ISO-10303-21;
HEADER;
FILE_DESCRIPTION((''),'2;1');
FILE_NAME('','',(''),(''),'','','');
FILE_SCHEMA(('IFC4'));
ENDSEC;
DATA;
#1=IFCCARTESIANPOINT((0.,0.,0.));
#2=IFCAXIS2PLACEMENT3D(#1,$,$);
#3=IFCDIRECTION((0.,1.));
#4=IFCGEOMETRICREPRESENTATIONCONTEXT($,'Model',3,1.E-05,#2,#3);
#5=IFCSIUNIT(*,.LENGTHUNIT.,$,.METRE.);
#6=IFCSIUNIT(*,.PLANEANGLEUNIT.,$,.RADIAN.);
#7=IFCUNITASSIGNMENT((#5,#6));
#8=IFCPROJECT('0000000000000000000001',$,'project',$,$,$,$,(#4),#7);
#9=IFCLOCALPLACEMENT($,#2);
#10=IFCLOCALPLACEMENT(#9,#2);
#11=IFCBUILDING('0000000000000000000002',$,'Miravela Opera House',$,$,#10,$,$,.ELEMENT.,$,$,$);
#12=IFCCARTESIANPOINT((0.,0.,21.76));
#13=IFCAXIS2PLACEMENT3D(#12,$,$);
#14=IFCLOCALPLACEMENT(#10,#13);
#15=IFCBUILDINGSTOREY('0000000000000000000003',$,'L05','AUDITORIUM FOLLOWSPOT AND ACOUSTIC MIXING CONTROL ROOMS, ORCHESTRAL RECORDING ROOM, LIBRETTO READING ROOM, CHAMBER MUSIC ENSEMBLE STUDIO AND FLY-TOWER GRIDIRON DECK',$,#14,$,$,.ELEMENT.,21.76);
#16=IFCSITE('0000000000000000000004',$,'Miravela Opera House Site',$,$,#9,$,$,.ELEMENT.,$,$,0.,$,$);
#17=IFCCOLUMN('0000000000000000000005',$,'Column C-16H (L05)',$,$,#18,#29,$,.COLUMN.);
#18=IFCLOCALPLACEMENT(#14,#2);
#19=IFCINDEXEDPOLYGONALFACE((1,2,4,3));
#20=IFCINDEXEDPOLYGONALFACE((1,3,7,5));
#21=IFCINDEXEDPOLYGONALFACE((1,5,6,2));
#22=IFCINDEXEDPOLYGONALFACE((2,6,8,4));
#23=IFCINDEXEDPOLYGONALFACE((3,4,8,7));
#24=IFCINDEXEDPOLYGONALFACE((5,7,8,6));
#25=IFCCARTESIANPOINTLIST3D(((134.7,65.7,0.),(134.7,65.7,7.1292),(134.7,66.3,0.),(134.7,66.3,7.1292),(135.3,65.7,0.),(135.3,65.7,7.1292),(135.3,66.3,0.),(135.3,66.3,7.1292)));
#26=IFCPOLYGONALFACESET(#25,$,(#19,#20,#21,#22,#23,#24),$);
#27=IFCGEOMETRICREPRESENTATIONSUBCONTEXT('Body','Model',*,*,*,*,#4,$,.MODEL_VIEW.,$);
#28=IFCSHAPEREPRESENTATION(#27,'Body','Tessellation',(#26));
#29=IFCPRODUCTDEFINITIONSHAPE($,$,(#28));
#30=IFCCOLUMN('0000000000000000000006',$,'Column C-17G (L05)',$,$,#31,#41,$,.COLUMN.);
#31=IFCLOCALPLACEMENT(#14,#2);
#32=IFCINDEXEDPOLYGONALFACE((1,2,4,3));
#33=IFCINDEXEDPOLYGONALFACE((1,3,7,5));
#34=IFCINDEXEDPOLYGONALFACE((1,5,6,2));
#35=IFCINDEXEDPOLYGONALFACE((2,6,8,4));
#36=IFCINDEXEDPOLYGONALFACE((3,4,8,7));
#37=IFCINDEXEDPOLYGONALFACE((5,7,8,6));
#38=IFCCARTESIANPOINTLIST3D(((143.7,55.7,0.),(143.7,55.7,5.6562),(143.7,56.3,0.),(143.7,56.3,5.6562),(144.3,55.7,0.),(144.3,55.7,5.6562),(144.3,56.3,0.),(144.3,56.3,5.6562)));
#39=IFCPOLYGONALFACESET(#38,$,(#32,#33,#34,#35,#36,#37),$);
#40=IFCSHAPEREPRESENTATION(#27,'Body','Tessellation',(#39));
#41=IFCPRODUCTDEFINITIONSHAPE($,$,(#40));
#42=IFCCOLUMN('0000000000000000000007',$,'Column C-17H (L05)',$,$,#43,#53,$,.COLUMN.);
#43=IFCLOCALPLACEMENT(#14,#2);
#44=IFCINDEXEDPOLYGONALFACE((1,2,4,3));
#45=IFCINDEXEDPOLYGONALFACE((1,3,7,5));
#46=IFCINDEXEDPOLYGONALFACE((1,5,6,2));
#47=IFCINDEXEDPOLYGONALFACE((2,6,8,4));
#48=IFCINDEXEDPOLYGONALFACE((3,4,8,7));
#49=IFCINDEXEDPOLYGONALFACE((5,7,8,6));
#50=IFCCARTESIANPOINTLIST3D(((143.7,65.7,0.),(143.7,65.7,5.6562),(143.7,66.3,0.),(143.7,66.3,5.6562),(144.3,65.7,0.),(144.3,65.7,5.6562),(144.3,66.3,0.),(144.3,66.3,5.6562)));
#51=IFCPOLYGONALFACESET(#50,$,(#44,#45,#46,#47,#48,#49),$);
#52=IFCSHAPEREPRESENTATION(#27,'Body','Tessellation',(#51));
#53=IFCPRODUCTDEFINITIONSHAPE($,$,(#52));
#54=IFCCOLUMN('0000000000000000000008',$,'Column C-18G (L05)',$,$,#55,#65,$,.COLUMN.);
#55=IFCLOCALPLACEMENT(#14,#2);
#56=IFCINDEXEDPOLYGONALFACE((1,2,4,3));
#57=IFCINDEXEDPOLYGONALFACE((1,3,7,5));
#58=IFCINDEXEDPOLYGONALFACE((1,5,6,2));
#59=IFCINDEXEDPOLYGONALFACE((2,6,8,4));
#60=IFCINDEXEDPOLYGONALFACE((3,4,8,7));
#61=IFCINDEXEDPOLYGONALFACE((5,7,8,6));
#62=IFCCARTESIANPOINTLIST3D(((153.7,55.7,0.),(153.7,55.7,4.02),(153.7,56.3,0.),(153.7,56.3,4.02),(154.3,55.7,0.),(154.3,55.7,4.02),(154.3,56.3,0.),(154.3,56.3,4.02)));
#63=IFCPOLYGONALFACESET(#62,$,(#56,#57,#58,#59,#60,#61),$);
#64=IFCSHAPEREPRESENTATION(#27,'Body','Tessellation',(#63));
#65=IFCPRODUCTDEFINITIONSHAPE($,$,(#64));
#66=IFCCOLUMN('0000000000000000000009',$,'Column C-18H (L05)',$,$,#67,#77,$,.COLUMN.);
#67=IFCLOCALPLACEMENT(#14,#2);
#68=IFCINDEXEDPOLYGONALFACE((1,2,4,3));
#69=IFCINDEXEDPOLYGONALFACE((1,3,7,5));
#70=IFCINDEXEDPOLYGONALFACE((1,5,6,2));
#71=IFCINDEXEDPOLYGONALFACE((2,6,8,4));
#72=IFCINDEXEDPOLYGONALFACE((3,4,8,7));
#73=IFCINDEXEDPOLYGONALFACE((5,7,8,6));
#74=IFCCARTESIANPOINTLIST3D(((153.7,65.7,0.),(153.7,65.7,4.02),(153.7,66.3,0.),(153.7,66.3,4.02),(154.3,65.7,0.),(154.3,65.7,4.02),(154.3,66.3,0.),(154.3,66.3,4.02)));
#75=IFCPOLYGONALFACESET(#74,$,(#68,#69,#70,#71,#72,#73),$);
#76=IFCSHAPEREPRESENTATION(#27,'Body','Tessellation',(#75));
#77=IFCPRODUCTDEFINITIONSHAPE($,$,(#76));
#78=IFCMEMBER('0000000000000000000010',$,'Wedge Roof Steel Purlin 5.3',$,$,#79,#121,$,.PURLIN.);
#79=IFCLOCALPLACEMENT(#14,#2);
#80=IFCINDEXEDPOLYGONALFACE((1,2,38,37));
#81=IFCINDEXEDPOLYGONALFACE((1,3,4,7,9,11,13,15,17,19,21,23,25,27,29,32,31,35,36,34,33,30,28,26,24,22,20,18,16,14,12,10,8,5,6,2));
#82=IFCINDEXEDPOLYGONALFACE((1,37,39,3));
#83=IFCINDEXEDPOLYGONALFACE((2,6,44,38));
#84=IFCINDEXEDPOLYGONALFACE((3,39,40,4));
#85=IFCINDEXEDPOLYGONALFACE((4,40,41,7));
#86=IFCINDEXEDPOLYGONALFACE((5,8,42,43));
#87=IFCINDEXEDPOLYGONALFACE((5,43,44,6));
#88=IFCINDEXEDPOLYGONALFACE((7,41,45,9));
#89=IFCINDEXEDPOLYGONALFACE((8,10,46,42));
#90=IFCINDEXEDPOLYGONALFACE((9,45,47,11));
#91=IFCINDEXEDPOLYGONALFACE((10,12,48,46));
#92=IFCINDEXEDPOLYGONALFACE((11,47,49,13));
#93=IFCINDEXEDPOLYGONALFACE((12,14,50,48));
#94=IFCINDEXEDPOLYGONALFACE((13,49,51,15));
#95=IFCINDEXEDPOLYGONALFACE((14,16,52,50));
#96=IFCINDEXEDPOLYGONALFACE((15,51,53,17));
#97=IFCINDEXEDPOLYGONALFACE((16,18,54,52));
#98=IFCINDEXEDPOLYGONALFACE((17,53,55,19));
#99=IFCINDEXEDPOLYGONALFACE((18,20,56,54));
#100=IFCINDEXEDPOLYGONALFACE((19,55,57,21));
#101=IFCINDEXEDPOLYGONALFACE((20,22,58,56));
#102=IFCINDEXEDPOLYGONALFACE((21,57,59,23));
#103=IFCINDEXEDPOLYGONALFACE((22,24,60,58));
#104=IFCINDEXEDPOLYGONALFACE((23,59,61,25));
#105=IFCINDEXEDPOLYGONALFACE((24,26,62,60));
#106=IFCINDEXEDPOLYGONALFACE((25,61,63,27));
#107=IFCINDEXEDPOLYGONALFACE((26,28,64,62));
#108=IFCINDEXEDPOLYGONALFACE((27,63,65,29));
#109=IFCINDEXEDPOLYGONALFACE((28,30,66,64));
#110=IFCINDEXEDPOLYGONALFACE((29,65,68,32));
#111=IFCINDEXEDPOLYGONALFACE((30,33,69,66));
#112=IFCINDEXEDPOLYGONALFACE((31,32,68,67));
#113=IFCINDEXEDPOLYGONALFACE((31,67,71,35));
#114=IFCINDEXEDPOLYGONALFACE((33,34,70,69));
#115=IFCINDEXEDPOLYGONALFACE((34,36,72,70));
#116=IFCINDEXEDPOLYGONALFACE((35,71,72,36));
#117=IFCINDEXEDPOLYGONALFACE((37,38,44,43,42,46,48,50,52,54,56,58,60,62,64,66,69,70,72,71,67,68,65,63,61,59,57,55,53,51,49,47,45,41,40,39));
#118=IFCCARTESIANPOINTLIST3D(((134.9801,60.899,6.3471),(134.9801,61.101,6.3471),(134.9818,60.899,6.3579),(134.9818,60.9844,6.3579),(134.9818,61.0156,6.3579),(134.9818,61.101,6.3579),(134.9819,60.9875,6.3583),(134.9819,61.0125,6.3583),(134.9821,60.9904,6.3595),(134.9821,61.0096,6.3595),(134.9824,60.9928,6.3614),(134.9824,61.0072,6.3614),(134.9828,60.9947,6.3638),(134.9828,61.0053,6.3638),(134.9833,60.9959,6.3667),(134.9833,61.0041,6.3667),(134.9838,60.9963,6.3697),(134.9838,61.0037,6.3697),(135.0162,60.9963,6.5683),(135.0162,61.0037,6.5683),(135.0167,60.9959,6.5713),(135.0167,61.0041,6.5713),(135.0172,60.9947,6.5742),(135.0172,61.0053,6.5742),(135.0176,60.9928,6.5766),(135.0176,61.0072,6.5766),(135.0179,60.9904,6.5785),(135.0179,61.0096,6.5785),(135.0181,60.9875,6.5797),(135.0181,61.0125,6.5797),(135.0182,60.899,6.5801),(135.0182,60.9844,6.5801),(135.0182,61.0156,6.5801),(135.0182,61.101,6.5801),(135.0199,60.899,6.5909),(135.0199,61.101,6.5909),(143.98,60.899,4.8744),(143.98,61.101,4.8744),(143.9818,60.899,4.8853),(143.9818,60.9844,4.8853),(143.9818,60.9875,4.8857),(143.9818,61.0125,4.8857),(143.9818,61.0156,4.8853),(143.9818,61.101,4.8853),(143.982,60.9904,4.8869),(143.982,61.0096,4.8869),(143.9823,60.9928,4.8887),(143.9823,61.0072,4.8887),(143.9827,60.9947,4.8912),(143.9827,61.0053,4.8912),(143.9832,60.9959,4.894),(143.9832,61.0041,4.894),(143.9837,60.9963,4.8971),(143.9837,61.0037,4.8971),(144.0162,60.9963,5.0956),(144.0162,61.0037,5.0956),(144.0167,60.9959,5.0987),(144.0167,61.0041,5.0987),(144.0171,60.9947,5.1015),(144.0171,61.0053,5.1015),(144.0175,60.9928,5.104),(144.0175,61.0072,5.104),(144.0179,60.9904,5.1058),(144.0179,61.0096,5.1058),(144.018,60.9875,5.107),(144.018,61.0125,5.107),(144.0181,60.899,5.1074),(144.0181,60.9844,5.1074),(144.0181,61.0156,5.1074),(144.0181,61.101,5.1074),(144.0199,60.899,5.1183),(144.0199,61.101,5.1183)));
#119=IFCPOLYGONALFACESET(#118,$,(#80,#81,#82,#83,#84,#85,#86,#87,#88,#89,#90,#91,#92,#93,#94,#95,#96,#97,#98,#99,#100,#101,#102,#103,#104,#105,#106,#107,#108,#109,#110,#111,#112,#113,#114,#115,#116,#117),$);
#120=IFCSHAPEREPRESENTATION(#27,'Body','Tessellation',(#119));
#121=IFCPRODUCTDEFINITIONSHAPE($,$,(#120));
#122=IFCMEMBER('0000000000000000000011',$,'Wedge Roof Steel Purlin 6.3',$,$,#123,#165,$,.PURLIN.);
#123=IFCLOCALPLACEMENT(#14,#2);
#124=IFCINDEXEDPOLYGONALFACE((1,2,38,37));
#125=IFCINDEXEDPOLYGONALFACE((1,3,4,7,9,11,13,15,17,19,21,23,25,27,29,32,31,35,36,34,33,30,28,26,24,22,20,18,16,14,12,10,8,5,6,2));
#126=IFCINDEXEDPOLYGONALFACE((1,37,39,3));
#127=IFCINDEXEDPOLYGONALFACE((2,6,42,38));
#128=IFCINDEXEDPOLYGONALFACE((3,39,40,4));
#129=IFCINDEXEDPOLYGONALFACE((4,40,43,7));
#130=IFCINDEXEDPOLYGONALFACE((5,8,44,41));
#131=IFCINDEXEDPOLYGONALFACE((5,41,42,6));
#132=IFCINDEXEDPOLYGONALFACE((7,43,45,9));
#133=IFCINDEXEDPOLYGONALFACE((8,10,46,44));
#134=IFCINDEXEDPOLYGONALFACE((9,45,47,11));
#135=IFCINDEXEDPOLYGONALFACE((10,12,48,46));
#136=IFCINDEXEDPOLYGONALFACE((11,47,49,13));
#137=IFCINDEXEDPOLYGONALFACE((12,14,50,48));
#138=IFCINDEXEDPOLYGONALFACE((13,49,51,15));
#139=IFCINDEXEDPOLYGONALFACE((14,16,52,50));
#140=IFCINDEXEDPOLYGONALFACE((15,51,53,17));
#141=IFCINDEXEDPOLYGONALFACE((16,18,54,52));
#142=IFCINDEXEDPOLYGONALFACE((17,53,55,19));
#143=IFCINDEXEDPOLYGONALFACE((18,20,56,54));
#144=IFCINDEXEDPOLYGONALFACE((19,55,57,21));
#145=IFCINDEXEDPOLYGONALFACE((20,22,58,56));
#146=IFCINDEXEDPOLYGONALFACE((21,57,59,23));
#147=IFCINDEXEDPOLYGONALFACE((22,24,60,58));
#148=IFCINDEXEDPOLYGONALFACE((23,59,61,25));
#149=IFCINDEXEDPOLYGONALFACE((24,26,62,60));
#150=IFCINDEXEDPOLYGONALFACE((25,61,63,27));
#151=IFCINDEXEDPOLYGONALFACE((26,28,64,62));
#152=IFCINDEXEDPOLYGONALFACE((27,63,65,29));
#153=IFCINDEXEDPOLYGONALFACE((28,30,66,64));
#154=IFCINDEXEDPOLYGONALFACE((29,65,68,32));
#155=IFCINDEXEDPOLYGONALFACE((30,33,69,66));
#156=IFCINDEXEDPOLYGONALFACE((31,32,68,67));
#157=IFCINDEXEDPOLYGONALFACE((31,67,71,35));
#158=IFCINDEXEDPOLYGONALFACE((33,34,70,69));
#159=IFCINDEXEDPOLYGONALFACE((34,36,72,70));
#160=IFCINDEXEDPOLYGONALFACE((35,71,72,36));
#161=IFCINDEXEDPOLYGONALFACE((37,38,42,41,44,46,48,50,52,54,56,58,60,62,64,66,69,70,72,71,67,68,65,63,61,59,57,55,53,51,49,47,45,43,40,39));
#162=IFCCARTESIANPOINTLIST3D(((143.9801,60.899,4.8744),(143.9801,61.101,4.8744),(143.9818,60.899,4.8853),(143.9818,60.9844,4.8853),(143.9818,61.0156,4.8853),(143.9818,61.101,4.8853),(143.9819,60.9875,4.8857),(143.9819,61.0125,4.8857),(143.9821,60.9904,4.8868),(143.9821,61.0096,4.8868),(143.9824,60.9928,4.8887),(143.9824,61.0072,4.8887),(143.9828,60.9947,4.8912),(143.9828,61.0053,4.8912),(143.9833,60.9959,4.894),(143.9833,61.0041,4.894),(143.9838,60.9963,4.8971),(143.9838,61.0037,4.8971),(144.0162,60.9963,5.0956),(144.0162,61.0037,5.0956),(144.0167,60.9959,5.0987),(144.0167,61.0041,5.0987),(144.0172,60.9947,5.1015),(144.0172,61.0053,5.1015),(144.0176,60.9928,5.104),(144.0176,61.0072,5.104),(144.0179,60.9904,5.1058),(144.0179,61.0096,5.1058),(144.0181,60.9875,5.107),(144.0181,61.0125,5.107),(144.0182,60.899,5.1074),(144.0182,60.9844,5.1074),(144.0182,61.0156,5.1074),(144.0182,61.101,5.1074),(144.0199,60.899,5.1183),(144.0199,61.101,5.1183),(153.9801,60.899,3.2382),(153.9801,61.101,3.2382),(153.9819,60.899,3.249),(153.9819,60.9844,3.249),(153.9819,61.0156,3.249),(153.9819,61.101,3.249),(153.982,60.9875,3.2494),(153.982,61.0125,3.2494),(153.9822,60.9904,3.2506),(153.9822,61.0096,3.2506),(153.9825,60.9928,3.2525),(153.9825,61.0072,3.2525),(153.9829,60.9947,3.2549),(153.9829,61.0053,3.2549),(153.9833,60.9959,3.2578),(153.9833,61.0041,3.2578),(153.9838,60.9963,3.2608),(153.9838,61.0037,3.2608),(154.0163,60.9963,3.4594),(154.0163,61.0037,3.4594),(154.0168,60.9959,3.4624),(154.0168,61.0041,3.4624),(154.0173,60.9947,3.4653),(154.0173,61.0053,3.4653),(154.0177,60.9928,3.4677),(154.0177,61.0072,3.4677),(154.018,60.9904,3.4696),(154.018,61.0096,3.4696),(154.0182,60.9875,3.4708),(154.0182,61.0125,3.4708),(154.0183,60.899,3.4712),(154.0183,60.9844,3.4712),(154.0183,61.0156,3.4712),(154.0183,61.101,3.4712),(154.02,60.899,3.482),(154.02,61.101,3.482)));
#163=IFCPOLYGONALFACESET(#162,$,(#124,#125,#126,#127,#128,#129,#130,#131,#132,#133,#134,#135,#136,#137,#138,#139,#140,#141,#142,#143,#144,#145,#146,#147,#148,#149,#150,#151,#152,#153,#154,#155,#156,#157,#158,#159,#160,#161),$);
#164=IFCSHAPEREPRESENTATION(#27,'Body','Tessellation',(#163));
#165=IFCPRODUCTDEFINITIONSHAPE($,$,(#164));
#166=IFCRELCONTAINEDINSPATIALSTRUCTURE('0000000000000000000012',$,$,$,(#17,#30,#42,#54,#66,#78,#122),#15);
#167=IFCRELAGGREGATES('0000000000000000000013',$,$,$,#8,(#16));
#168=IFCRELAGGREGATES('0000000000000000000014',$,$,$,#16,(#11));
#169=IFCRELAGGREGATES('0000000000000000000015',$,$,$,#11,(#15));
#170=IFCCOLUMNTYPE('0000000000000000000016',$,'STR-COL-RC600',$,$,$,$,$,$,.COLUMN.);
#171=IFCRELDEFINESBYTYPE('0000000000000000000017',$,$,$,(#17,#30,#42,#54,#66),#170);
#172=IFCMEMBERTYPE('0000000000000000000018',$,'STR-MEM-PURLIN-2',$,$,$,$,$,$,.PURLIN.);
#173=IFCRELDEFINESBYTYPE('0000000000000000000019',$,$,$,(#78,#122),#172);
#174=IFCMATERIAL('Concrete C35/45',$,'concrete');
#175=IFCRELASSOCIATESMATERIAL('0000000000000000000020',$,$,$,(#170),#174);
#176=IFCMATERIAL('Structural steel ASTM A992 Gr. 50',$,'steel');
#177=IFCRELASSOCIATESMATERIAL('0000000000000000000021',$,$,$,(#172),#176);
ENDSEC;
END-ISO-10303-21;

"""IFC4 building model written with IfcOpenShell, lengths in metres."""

from ifc_helpers import new_model, si_unit, direction, frame, origin, origin_2d, place, context, subcontext, project, spatial, rectangle, i_section, extrude, material, material_profile, profile_set, type_object, element, save


model = new_model("IFC4")

# Units and contexts
model_context = context("Model", 3, precision=1e-05, world=origin(), true_north=direction((0.0, 1.0)))
body_context = subcontext(model_context, "Body", "Model", "MODEL_VIEW")
ifc_project = project(units=[si_unit("LENGTHUNIT", "METRE"), si_unit("PLANEANGLEUNIT", "RADIAN")], contexts=[model_context])

# Site, building, storey
site_placement = place(None, origin())
site = spatial("IfcSite", under=ifc_project, at=site_placement, Name="Miravela Opera House Site", CompositionType="ELEMENT", RefElevation=0.0)
building_placement = place(site_placement, origin())
building = spatial("IfcBuilding", under=site, at=building_placement, Name="Miravela Opera House", CompositionType="ELEMENT")
storey_placement = place(building_placement, frame((0.0, 0.0, 21.76)))
storey = spatial("IfcBuildingStorey", under=building, at=storey_placement, Name="L05", Description="AUDITORIUM FOLLOWSPOT AND ACOUSTIC MIXING CONTROL ROOMS, ORCHESTRAL RECORDING ROOM, LIBRETTO READING ROOM, CHAMBER MUSIC ENSEMBLE STUDIO AND FLY-TOWER GRIDIRON DECK", CompositionType="ELEMENT", Elevation=21.76)

# Columns
ifc_material_1 = material(Name="Concrete C35/45", Category="concrete")
ifc_material_profile_1 = material_profile(ifc_material_1, rectangle(XDim=0.6001, YDim=0.6001, at=origin_2d()), Name="RC-COL-600X600")
ifc_profile_set_1 = profile_set([ifc_material_profile_1])
column_type = type_object("IfcColumnType", Name="STR-COL-RC600", PredefinedType="COLUMN", material=ifc_profile_set_1)
column_placement = place(storey_placement, frame((135.0, 66.0, 0.0), z_axis=(0.0, 0.0, 1.0), x_axis=(1.0, 0.0, 0.0)))
element("IfcColumn", 1, at=column_placement, inside=storey, type_object=column_type, Name="Column C-16H (L05)", PredefinedType="COLUMN", context=body_context, shape_type="SweptSolid", body=[
    extrude(rectangle(XDim=0.6001, YDim=0.6001, at=origin_2d()), origin(), (0.0, 0.0, 1.0), 7.1292),
])
for number, where, z_axis, x_axis, name in (
    (2, (144.0, 56.0, 0.0), (0.0, 0.0, 1.0), (1.0, 0.0, 0.0), "Column C-17G (L05)"),
    (3, (144.0, 66.0, 0.0), (0.0, 0.0, 1.0), (1.0, 0.0, 0.0), "Column C-17H (L05)"),
):
    element("IfcColumn", number, at=place(storey_placement, frame(where, z_axis=z_axis, x_axis=x_axis)), inside=storey, type_object=column_type, Name=name, PredefinedType="COLUMN", context=body_context, shape_type="SweptSolid", body=[
        extrude(rectangle(XDim=0.6001, YDim=0.6001, at=origin_2d()), origin(), (0.0, 0.0, 1.0), 5.6562),
    ])
for number, where, z_axis, x_axis, name in (
    (4, (154.0, 56.0, 0.0), (0.0, 0.0, 1.0), (1.0, 0.0, 0.0), "Column C-18G (L05)"),
    (5, (154.0, 66.0, 0.0), (0.0, 0.0, 1.0), (1.0, 0.0, 0.0), "Column C-18H (L05)"),
):
    element("IfcColumn", number, at=place(storey_placement, frame(where, z_axis=z_axis, x_axis=x_axis)), inside=storey, type_object=column_type, Name=name, PredefinedType="COLUMN", context=body_context, shape_type="SweptSolid", body=[
        extrude(rectangle(XDim=0.6001, YDim=0.6001, at=origin_2d()), origin(), (0.0, 0.0, 1.0), 4.02),
    ])

# Members
ifc_material_2 = material(Name="Structural steel ASTM A992 Gr. 50", Category="steel")
ifc_material_profile_2 = material_profile(ifc_material_2, i_section(OverallWidth=0.2019, OverallDepth=0.2471, WebThickness=0.0073, FlangeThickness=0.011, FilletRadius=0.012, at=origin_2d()), Name="W250X49")
ifc_profile_set_2 = profile_set([ifc_material_profile_2])
member_type_1 = type_object("IfcMemberType", Name="STR-MEM-PURLIN-2", PredefinedType="PURLIN", material=ifc_profile_set_2)
member_1_placement = place(storey_placement, frame((135.0, 61.0, 6.469), z_axis=(0.986876, 0.0, -0.161481), x_axis=(0.0, 1.0, 0.0)))
element("IfcMember", 6, at=member_1_placement, inside=storey, type_object=member_type_1, Name="Wedge Roof Steel Purlin 5.3", PredefinedType="PURLIN", context=body_context, shape_type="SweptSolid", body=[
    extrude(i_section(OverallWidth=0.2019, OverallDepth=0.2471, WebThickness=0.0073, FlangeThickness=0.011, FilletRadius=0.012, at=origin_2d()), origin(), (0.0, 0.0, 1.0), 9.1196),
])
member_2_placement = place(storey_placement, frame((144.0, 61.0, 4.9963), z_axis=(0.986877, 0.0, -0.161476), x_axis=(0.0, 1.0, 0.0)))
element("IfcMember", 7, at=member_2_placement, inside=storey, type_object=member_type_1, Name="Wedge Roof Steel Purlin 6.3", PredefinedType="PURLIN", context=body_context, shape_type="SweptSolid", body=[
    extrude(i_section(OverallWidth=0.2019, OverallDepth=0.2471, WebThickness=0.0073, FlangeThickness=0.011, FilletRadius=0.012, at=origin_2d()), origin(), (0.0, 0.0, 1.0), 10.1331),
])

save(model, "model.ifc")
